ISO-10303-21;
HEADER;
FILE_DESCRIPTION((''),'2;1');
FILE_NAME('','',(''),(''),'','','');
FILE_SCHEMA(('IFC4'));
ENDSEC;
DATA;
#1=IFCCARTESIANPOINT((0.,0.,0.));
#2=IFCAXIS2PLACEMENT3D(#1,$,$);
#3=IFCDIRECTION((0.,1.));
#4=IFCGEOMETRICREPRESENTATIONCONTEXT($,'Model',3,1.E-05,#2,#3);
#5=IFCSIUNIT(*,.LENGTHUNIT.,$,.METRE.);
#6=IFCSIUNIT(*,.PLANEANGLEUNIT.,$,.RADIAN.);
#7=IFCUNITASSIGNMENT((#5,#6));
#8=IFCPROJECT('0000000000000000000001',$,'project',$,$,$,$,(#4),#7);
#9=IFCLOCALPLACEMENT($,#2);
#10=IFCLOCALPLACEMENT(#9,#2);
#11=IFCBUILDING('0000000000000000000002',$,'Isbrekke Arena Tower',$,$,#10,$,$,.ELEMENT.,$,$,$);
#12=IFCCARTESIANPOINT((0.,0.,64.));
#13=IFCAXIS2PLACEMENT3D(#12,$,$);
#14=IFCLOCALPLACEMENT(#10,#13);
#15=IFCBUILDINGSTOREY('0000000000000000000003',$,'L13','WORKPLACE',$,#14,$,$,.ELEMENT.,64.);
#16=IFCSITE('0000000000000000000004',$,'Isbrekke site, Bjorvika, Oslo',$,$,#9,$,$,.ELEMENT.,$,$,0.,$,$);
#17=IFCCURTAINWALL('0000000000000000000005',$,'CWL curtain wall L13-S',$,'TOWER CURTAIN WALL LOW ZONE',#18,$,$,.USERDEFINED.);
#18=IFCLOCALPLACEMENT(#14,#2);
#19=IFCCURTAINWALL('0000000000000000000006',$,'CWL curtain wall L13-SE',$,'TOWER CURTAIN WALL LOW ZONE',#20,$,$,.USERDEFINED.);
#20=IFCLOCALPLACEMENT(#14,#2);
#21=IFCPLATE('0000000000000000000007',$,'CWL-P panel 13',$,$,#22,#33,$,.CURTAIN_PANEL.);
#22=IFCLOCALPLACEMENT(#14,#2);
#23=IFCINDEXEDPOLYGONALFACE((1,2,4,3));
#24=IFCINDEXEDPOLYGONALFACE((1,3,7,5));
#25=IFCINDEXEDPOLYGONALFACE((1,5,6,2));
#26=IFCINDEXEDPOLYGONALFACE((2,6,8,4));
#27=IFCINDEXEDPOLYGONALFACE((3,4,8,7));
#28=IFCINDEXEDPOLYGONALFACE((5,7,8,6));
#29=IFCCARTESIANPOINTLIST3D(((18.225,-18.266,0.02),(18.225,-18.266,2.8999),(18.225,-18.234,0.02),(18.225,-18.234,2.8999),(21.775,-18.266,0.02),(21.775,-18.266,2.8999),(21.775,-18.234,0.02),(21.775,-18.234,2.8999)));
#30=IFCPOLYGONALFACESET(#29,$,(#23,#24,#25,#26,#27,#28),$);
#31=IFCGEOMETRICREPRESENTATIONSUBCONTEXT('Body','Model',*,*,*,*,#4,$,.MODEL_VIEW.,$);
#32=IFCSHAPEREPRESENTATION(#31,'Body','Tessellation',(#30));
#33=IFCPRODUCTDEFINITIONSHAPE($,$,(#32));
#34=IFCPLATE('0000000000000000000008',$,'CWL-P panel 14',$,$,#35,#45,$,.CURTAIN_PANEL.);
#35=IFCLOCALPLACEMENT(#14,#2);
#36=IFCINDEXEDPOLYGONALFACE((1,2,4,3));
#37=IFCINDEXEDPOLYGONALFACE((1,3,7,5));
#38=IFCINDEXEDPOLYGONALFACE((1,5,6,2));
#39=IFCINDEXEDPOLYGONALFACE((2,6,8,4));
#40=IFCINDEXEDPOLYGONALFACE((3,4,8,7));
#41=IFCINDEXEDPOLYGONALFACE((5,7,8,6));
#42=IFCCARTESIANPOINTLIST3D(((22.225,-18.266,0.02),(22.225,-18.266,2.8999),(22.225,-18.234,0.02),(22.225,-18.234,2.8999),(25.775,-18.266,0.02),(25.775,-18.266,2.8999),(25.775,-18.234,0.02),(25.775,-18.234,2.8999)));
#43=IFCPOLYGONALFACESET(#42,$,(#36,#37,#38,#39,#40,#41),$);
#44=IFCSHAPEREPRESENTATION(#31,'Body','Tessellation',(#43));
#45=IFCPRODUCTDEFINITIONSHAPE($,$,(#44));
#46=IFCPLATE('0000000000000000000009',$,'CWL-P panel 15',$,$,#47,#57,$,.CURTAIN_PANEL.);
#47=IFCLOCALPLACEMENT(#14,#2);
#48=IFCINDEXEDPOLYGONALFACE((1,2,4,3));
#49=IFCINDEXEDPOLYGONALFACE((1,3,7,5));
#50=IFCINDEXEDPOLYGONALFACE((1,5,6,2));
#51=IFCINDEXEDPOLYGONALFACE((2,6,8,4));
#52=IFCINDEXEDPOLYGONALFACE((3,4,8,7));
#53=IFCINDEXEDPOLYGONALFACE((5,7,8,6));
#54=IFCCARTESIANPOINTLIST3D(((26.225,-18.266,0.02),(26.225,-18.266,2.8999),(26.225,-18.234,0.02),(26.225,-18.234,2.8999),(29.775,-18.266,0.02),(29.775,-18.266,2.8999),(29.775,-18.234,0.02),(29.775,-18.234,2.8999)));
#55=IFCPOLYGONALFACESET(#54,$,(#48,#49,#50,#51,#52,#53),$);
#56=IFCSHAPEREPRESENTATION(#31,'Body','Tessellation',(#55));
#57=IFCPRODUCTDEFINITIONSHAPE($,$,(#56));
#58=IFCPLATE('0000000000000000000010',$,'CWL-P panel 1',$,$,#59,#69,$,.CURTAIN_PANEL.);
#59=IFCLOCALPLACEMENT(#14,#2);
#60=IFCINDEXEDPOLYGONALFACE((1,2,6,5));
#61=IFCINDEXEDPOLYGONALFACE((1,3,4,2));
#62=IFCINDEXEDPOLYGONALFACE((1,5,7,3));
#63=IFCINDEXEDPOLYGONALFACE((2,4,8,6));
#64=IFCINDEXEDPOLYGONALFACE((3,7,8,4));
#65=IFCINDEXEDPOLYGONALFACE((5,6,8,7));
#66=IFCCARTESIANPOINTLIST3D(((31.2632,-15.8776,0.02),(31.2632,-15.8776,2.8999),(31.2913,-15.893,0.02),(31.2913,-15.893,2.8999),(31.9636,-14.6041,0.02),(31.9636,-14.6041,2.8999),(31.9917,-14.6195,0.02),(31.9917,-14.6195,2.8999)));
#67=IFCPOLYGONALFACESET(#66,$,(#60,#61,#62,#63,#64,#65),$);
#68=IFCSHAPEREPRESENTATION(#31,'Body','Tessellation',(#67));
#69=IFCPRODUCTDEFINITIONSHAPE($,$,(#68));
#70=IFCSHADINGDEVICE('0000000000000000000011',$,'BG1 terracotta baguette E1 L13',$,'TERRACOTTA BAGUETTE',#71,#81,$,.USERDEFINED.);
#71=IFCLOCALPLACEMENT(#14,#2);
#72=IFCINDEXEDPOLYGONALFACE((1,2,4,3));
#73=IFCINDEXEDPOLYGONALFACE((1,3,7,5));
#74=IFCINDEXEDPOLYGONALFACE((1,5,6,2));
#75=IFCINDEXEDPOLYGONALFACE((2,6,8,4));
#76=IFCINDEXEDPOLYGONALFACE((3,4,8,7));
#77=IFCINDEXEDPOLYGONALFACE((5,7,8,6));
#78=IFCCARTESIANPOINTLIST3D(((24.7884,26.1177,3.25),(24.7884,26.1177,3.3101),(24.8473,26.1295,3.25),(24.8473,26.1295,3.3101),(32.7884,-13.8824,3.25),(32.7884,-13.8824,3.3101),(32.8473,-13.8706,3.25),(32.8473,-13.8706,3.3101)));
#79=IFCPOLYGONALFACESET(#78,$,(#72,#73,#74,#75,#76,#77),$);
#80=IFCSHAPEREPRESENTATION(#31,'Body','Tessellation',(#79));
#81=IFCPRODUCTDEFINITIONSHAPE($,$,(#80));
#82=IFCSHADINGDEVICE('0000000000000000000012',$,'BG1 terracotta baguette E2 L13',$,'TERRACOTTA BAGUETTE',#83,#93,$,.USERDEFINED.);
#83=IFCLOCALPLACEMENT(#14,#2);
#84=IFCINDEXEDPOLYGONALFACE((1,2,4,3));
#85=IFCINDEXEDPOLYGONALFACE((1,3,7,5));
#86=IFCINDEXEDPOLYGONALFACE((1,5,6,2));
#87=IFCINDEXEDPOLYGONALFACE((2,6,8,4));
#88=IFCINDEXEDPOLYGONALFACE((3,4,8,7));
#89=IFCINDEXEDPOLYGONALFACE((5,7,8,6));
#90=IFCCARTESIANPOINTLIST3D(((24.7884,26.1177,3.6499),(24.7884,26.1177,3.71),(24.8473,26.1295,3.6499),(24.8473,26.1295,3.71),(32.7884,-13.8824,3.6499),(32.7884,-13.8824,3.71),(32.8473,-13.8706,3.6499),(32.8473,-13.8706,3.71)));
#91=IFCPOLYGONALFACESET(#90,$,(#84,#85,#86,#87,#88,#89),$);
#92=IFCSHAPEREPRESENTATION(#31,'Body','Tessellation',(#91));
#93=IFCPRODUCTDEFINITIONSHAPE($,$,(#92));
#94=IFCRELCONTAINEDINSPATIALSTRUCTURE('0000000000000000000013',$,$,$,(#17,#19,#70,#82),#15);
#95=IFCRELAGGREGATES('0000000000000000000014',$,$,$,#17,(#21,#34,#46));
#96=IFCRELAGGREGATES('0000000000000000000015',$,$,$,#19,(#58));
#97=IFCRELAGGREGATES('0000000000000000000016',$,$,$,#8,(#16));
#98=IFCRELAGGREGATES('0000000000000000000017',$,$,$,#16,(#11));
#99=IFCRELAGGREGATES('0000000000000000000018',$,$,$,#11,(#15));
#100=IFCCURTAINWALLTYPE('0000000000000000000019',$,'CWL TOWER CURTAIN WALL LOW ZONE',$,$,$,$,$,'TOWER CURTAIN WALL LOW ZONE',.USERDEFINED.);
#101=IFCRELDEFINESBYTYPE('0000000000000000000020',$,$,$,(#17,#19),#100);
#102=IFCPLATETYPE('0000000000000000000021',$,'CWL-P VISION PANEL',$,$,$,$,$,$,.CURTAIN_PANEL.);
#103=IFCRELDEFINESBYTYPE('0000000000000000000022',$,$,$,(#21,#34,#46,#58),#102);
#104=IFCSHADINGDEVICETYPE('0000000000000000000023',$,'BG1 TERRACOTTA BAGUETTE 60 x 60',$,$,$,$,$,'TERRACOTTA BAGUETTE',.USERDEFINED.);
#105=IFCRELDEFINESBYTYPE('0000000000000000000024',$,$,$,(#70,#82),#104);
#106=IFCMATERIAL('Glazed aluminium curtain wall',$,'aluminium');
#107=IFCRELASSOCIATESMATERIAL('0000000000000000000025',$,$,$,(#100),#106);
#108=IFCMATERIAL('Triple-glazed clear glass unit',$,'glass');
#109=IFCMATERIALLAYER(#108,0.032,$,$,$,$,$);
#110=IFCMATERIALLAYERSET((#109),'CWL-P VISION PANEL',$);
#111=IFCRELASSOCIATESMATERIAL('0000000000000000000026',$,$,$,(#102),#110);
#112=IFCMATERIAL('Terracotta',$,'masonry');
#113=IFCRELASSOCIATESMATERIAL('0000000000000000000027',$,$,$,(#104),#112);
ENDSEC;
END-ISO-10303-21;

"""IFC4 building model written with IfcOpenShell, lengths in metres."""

from ifc_helpers import new_model, si_unit, direction, frame, origin, origin_2d, place, context, subcontext, project, spatial, rectangle, extrude, material, layer, layer_set, material_profile, profile_set, type_object, element, aggregate, save


model = new_model("IFC4")

# Units and contexts
model_context = context("Model", 3, precision=1e-05, world=origin(), true_north=direction((0.0, 1.0)))
body_context = subcontext(model_context, "Body", "Model", "MODEL_VIEW")
ifc_project = project(units=[si_unit("LENGTHUNIT", "METRE"), si_unit("PLANEANGLEUNIT", "RADIAN")], contexts=[model_context])

# Site, building, storey
site_placement = place(None, origin())
site = spatial("IfcSite", under=ifc_project, at=site_placement, Name="Isbrekke site, Bjorvika, Oslo", CompositionType="ELEMENT", RefElevation=0.0)
building_placement = place(site_placement, origin())
building = spatial("IfcBuilding", under=site, at=building_placement, Name="Isbrekke Arena Tower", CompositionType="ELEMENT")
storey_placement = place(building_placement, frame((0.0, 0.0, 64.0)))
storey = spatial("IfcBuildingStorey", under=building, at=storey_placement, Name="L13", Description="WORKPLACE", CompositionType="ELEMENT", Elevation=64.0)

# Curtain walls
ifc_material_1 = material(Name="Glazed aluminium curtain wall", Category="aluminium")
curtain_wall_type = type_object("IfcCurtainWallType", Name="CWL TOWER CURTAIN WALL LOW ZONE", ElementType="TOWER CURTAIN WALL LOW ZONE", PredefinedType="USERDEFINED", material=ifc_material_1)
curtain_wall_1_placement = place(storey_placement, origin())
curtain_wall_1 = element("IfcCurtainWall", 1, at=curtain_wall_1_placement, inside=storey, type_object=curtain_wall_type, Name="CWL curtain wall L13-S", ObjectType="TOWER CURTAIN WALL LOW ZONE", PredefinedType="USERDEFINED")
curtain_wall_2_placement = place(storey_placement, origin())
curtain_wall_2 = element("IfcCurtainWall", 2, at=curtain_wall_2_placement, inside=storey, type_object=curtain_wall_type, Name="CWL curtain wall L13-SE", ObjectType="TOWER CURTAIN WALL LOW ZONE", PredefinedType="USERDEFINED")

# Plates
ifc_material_2 = material(Name="Triple-glazed clear glass unit", Category="glass")
ifc_layer = layer(ifc_material_2, 0.032)
ifc_layer_set = layer_set([ifc_layer], Name="CWL-P VISION PANEL")
plate_type = type_object("IfcPlateType", Name="CWL-P VISION PANEL", PredefinedType="CURTAIN_PANEL", material=ifc_layer_set)
plate_1_placement = place(storey_placement, frame((20.0, -18.25, 0.02), z_axis=(0.0, 0.0, 1.0), x_axis=(1.0, 0.0, 0.0)))
plate_1 = element("IfcPlate", 3, at=plate_1_placement, type_object=plate_type, Name="CWL-P panel 13", PredefinedType="CURTAIN_PANEL", context=body_context, shape_type="SweptSolid", body=[
    extrude(rectangle(XDim=3.55, YDim=0.032, at=origin_2d()), origin(), (0.0, 0.0, 1.0), 2.8799),
])
plate_2_placement = place(storey_placement, frame((24.0, -18.25, 0.02), z_axis=(0.0, 0.0, 1.0), x_axis=(1.0, 0.0, 0.0)))
plate_2 = element("IfcPlate", 4, at=plate_2_placement, type_object=plate_type, Name="CWL-P panel 14", PredefinedType="CURTAIN_PANEL", context=body_context, shape_type="SweptSolid", body=[
    extrude(rectangle(XDim=3.55, YDim=0.032, at=origin_2d()), origin(), (0.0, 0.0, 1.0), 2.8799),
])
plate_3_placement = place(storey_placement, frame((28.0, -18.25, 0.02), z_axis=(0.0, 0.0, 1.0), x_axis=(1.0, 0.0, 0.0)))
plate_3 = element("IfcPlate", 5, at=plate_3_placement, type_object=plate_type, Name="CWL-P panel 15", PredefinedType="CURTAIN_PANEL", context=body_context, shape_type="SweptSolid", body=[
    extrude(rectangle(XDim=3.55, YDim=0.032, at=origin_2d()), origin(), (0.0, 0.0, 1.0), 2.8799),
])
aggregate(curtain_wall_1, [plate_1, plate_2, plate_3])
plate_4_placement = place(storey_placement, frame((31.6274, -15.2485, 0.02), z_axis=(0.0, 0.0, 1.0), x_axis=(0.481919, 0.876216, 0.0)))
plate_4 = element("IfcPlate", 6, at=plate_4_placement, type_object=plate_type, Name="CWL-P panel 1", PredefinedType="CURTAIN_PANEL", context=body_context, shape_type="SweptSolid", body=[
    extrude(rectangle(XDim=1.4534, YDim=0.032, at=origin_2d()), origin(), (0.0, 0.0, 1.0), 2.8799),
])
aggregate(curtain_wall_2, [plate_4])

# Shading devices
ifc_material_3 = material(Name="Terracotta", Category="masonry")
ifc_material_profile_1 = material_profile(ifc_material_3, rectangle(XDim=0.0601, YDim=0.0601, at=origin_2d()), Name="BAGUETTE 60X60")
ifc_profile_set_1 = profile_set([ifc_material_profile_1], Name="Terracotta")
shading_device_type = type_object("IfcShadingDeviceType", Name="BG1 TERRACOTTA BAGUETTE 60 x 60", ElementType="TERRACOTTA BAGUETTE", PredefinedType="USERDEFINED", material=ifc_profile_set_1)
for number, where, z_axis, x_axis, name in (
    (7, (32.8179, -13.8765, 3.28), (-0.196116, 0.980581, 0.0), (-0.980581, -0.196116, 0.0), "BG1 terracotta baguette E1 L13"),
    (8, (32.8179, -13.8765, 3.6799), (-0.196116, 0.980581, 0.0), (-0.980581, -0.196116, 0.0), "BG1 terracotta baguette E2 L13"),
):
    element("IfcShadingDevice", number, at=place(storey_placement, frame(where, z_axis=z_axis, x_axis=x_axis)), inside=storey, type_object=shading_device_type, Name=name, ObjectType="TERRACOTTA BAGUETTE", PredefinedType="USERDEFINED", context=body_context, shape_type="SweptSolid", body=[
        extrude(rectangle(XDim=0.0601, YDim=0.0601, at=origin_2d()), origin(), (0.0, 0.0, 1.0), 40.7922),
    ])

save(model, "model.ifc")
